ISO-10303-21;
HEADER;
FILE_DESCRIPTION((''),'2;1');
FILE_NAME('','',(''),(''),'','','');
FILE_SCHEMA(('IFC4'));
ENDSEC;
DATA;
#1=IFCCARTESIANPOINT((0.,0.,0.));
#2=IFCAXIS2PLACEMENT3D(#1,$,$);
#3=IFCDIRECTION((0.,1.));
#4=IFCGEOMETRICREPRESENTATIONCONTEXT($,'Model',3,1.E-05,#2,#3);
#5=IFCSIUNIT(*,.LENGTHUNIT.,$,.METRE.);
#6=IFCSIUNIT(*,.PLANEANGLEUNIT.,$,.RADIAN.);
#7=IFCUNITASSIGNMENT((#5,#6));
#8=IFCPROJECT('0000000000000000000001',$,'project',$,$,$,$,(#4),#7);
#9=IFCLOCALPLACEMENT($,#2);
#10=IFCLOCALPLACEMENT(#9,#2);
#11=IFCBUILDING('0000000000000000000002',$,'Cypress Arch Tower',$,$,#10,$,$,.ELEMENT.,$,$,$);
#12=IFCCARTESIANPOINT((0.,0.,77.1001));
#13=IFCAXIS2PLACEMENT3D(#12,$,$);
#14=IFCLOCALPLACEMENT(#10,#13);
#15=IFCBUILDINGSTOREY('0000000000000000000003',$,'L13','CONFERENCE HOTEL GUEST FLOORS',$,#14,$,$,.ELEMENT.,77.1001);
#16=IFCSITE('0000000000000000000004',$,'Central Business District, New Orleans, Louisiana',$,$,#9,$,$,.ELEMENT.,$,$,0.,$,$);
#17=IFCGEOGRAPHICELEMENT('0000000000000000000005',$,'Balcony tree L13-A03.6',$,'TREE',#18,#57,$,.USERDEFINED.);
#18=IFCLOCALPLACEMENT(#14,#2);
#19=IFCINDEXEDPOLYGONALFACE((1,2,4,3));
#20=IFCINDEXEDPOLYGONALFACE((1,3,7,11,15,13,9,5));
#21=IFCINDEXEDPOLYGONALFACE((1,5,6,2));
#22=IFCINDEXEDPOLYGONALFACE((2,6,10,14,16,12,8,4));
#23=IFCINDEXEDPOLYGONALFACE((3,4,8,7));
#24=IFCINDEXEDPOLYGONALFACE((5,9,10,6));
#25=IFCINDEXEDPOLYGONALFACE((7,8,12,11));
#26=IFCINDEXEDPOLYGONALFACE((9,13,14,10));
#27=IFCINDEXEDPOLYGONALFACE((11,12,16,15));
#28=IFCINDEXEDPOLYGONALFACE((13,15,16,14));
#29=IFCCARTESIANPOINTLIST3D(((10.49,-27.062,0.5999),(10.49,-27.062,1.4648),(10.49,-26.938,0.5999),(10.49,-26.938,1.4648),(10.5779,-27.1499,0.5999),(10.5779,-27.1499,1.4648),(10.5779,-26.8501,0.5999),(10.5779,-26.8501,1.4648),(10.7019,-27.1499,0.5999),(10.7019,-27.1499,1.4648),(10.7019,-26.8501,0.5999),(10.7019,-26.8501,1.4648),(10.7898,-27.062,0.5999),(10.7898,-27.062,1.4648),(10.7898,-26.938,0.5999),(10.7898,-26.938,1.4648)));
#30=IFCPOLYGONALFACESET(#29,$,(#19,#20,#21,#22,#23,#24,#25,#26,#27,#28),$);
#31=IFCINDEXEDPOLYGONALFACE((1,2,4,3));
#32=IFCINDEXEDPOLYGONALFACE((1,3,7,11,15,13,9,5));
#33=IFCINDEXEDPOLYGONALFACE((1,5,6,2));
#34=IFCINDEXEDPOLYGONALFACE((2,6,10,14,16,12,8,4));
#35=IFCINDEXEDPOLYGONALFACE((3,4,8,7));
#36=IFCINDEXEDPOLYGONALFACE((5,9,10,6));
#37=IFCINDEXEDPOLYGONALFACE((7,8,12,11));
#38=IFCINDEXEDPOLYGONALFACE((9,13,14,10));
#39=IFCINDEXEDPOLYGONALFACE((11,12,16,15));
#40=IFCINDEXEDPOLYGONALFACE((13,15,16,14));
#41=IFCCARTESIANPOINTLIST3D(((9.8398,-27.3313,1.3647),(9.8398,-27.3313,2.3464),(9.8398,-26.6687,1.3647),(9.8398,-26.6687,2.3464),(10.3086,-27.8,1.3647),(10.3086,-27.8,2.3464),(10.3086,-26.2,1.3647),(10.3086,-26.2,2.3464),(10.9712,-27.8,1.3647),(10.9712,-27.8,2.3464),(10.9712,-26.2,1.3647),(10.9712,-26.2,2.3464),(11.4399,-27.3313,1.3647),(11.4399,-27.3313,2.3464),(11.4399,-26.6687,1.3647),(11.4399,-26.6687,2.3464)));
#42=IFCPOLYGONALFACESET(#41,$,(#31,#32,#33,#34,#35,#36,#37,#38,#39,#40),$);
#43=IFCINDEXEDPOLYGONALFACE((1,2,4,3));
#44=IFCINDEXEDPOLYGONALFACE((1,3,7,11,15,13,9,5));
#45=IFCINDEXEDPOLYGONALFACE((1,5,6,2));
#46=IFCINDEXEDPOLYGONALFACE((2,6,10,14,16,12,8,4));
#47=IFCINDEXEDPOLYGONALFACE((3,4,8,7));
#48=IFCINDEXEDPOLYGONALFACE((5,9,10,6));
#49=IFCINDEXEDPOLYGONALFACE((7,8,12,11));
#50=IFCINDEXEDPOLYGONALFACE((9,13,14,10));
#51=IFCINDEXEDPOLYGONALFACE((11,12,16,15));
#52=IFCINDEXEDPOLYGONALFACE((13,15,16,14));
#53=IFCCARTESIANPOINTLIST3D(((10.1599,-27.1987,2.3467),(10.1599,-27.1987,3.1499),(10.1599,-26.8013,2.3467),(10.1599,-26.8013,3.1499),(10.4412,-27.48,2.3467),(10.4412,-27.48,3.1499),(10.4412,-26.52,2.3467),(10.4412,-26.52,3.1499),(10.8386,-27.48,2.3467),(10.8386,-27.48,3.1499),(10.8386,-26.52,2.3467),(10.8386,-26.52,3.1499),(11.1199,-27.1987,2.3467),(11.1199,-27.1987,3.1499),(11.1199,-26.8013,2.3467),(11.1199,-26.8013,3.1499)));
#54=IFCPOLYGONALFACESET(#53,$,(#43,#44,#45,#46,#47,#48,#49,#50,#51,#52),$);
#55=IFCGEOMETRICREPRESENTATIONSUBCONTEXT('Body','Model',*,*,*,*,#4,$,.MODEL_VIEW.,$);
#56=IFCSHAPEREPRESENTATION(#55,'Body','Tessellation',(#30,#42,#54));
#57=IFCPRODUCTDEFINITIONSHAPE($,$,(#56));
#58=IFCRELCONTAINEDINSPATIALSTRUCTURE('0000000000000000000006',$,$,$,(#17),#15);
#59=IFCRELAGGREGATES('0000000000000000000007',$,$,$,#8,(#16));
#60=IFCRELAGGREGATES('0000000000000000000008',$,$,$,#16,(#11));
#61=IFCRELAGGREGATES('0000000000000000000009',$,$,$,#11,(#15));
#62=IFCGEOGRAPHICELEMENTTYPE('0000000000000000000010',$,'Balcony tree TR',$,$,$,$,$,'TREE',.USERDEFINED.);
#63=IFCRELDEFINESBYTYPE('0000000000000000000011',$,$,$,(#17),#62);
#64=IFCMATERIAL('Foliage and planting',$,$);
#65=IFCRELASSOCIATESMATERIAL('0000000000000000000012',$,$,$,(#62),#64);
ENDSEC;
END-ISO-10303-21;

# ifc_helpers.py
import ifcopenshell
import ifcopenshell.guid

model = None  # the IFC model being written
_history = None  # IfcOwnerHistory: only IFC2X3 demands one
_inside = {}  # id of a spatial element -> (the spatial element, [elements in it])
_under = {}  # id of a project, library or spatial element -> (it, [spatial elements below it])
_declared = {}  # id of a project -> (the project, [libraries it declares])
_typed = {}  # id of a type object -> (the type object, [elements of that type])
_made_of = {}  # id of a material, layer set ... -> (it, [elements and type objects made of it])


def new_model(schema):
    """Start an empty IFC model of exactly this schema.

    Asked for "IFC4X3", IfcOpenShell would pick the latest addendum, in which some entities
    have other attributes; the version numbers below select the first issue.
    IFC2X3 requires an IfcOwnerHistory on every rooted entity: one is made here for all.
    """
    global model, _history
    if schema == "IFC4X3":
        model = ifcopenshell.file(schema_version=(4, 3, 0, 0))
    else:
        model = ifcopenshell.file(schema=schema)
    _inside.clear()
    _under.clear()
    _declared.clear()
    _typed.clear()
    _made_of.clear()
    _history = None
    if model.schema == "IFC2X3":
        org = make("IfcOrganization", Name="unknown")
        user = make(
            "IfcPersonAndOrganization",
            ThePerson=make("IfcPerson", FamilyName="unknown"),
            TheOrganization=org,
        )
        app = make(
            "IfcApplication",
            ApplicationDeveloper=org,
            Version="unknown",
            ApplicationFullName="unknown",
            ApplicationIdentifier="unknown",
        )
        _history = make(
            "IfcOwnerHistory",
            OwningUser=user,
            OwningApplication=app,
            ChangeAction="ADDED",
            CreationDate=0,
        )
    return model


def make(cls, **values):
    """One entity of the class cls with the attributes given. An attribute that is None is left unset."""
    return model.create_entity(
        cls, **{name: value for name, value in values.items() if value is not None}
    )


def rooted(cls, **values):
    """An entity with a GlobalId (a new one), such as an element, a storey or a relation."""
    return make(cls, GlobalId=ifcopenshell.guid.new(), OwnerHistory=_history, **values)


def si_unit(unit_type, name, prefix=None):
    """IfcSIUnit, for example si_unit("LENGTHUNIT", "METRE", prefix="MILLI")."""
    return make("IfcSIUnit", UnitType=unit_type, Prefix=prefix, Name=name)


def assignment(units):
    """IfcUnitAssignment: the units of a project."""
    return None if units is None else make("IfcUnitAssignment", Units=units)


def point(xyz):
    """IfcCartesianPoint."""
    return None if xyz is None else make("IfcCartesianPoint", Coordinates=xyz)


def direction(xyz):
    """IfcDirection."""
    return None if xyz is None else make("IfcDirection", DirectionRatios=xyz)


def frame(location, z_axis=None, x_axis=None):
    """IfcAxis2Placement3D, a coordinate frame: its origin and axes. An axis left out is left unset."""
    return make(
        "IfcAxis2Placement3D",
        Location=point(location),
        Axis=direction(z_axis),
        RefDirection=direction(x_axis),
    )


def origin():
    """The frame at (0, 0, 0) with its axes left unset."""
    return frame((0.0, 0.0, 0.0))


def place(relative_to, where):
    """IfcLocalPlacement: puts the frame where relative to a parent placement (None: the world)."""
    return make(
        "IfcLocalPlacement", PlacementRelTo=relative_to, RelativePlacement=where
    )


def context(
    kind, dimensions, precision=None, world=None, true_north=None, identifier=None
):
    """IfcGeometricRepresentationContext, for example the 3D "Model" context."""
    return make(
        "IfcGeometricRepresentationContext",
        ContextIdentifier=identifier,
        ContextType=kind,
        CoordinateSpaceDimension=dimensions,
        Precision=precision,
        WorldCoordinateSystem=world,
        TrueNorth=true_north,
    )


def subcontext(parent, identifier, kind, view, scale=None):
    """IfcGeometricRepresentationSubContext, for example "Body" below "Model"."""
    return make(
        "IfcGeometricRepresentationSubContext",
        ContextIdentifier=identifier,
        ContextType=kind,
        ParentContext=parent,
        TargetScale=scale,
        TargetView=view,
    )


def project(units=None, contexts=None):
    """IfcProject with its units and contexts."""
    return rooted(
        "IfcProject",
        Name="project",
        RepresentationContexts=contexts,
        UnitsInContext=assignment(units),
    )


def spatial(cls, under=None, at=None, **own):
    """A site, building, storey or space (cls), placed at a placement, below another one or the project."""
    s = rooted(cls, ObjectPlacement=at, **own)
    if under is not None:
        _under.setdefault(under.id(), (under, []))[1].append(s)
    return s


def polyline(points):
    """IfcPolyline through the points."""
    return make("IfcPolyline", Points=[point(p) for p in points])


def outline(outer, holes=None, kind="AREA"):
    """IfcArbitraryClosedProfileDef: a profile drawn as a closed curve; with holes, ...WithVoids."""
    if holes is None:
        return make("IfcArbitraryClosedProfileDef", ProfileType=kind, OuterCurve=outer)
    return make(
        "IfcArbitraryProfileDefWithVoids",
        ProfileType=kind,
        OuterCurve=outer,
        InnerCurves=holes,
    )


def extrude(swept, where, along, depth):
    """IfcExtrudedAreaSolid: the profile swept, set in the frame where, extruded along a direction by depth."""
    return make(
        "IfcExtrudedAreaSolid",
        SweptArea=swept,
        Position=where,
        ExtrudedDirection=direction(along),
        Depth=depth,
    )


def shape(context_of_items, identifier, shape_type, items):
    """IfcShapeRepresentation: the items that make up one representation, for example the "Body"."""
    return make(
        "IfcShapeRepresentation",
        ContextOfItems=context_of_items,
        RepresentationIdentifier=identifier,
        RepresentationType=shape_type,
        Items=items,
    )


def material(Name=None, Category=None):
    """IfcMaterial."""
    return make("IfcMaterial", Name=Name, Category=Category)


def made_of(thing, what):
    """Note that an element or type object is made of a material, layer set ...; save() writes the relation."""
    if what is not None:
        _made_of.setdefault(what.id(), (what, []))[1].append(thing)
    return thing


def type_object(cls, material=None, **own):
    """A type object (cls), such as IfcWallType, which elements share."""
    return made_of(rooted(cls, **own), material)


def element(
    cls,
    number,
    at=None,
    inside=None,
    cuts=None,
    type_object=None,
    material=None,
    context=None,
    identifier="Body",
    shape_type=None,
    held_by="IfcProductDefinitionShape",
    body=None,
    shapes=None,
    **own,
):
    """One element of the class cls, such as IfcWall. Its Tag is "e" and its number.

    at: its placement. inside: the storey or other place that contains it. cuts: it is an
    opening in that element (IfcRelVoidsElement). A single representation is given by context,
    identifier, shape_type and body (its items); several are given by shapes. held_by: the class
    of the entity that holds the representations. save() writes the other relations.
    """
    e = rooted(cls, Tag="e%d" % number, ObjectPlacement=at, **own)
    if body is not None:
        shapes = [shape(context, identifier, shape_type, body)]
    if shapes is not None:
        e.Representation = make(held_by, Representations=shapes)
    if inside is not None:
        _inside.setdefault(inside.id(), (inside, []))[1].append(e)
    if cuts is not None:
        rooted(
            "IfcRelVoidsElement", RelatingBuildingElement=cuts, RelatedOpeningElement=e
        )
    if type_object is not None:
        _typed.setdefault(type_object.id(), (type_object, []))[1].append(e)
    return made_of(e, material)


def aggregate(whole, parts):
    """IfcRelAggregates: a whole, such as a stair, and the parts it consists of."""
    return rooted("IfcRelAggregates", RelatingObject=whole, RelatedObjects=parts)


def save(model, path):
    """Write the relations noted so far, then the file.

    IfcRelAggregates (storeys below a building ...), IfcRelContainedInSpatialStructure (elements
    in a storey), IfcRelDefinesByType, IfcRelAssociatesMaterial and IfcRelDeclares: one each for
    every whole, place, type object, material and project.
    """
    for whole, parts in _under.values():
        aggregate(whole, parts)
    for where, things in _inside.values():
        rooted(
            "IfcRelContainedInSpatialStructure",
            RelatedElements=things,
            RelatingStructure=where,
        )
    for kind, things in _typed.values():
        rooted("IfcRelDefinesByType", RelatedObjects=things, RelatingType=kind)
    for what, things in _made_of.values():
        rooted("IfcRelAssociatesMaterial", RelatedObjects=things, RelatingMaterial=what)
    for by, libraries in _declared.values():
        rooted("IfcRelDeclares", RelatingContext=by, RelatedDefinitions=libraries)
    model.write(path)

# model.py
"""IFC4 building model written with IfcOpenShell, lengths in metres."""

from ifc_helpers import new_model, si_unit, direction, frame, origin, place, context, subcontext, project, spatial, polyline, outline, extrude, material, type_object, element, save


model = new_model("IFC4")

# Units and contexts
model_context = context("Model", 3, precision=1e-05, world=origin(), true_north=direction((0.0, 1.0)))
body_context = subcontext(model_context, "Body", "Model", "MODEL_VIEW")
ifc_project = project(units=[si_unit("LENGTHUNIT", "METRE"), si_unit("PLANEANGLEUNIT", "RADIAN")], contexts=[model_context])

# Site, building, storey
site_placement = place(None, origin())
site = spatial("IfcSite", under=ifc_project, at=site_placement, Name="Central Business District, New Orleans, Louisiana", CompositionType="ELEMENT", RefElevation=0.0)
building_placement = place(site_placement, origin())
building = spatial("IfcBuilding", under=site, at=building_placement, Name="Cypress Arch Tower", CompositionType="ELEMENT")
storey_placement = place(building_placement, frame((0.0, 0.0, 77.1001)))
storey = spatial("IfcBuildingStorey", under=building, at=storey_placement, Name="L13", Description="CONFERENCE HOTEL GUEST FLOORS", CompositionType="ELEMENT", Elevation=77.1001)

# Geographic element
ifc_material_1 = material(Name="Foliage and planting")
geographic_element_type = type_object("IfcGeographicElementType", Name="Balcony tree TR", ElementType="TREE", PredefinedType="USERDEFINED", material=ifc_material_1)
geographic_element_placement = place(storey_placement, frame((10.6399, -27.0, 0.5999), z_axis=(0.0, 0.0, 1.0), x_axis=(1.0, 0.0, 0.0)))
element("IfcGeographicElement", 1, at=geographic_element_placement, inside=storey, type_object=geographic_element_type, Name="Balcony tree L13-A03.6", ObjectType="TREE", PredefinedType="USERDEFINED", context=body_context, shape_type="SweptSolid", body=[
    extrude(outline(polyline([(0.1499, 0.062), (0.062, 0.1499), (-0.062, 0.1499), (-0.1499, 0.062), (-0.1499, -0.062), (-0.062, -0.1499), (0.062, -0.1499), (0.1499, -0.062), (0.1499, 0.062)])), origin(), (0.0, 0.0, 1.0), 0.865),
    extrude(outline(polyline([(0.8, 0.3313), (0.3313, 0.8), (-0.3313, 0.8), (-0.8, 0.3313), (-0.8, -0.3313), (-0.3313, -0.8), (0.3313, -0.8), (0.8, -0.3313), (0.8, 0.3313)])), frame((0.0, 0.0, 0.7649)), (0.0, 0.0, 1.0), 0.9817),
    extrude(outline(polyline([(0.48, 0.1987), (0.1987, 0.48), (-0.1987, 0.48), (-0.48, 0.1987), (-0.48, -0.1987), (-0.1987, -0.48), (0.1987, -0.48), (0.48, -0.1987), (0.48, 0.1987)])), frame((0.0, 0.0, 1.7468)), (0.0, 0.0, 1.0), 0.8032),
])

save(model, "model.ifc")
